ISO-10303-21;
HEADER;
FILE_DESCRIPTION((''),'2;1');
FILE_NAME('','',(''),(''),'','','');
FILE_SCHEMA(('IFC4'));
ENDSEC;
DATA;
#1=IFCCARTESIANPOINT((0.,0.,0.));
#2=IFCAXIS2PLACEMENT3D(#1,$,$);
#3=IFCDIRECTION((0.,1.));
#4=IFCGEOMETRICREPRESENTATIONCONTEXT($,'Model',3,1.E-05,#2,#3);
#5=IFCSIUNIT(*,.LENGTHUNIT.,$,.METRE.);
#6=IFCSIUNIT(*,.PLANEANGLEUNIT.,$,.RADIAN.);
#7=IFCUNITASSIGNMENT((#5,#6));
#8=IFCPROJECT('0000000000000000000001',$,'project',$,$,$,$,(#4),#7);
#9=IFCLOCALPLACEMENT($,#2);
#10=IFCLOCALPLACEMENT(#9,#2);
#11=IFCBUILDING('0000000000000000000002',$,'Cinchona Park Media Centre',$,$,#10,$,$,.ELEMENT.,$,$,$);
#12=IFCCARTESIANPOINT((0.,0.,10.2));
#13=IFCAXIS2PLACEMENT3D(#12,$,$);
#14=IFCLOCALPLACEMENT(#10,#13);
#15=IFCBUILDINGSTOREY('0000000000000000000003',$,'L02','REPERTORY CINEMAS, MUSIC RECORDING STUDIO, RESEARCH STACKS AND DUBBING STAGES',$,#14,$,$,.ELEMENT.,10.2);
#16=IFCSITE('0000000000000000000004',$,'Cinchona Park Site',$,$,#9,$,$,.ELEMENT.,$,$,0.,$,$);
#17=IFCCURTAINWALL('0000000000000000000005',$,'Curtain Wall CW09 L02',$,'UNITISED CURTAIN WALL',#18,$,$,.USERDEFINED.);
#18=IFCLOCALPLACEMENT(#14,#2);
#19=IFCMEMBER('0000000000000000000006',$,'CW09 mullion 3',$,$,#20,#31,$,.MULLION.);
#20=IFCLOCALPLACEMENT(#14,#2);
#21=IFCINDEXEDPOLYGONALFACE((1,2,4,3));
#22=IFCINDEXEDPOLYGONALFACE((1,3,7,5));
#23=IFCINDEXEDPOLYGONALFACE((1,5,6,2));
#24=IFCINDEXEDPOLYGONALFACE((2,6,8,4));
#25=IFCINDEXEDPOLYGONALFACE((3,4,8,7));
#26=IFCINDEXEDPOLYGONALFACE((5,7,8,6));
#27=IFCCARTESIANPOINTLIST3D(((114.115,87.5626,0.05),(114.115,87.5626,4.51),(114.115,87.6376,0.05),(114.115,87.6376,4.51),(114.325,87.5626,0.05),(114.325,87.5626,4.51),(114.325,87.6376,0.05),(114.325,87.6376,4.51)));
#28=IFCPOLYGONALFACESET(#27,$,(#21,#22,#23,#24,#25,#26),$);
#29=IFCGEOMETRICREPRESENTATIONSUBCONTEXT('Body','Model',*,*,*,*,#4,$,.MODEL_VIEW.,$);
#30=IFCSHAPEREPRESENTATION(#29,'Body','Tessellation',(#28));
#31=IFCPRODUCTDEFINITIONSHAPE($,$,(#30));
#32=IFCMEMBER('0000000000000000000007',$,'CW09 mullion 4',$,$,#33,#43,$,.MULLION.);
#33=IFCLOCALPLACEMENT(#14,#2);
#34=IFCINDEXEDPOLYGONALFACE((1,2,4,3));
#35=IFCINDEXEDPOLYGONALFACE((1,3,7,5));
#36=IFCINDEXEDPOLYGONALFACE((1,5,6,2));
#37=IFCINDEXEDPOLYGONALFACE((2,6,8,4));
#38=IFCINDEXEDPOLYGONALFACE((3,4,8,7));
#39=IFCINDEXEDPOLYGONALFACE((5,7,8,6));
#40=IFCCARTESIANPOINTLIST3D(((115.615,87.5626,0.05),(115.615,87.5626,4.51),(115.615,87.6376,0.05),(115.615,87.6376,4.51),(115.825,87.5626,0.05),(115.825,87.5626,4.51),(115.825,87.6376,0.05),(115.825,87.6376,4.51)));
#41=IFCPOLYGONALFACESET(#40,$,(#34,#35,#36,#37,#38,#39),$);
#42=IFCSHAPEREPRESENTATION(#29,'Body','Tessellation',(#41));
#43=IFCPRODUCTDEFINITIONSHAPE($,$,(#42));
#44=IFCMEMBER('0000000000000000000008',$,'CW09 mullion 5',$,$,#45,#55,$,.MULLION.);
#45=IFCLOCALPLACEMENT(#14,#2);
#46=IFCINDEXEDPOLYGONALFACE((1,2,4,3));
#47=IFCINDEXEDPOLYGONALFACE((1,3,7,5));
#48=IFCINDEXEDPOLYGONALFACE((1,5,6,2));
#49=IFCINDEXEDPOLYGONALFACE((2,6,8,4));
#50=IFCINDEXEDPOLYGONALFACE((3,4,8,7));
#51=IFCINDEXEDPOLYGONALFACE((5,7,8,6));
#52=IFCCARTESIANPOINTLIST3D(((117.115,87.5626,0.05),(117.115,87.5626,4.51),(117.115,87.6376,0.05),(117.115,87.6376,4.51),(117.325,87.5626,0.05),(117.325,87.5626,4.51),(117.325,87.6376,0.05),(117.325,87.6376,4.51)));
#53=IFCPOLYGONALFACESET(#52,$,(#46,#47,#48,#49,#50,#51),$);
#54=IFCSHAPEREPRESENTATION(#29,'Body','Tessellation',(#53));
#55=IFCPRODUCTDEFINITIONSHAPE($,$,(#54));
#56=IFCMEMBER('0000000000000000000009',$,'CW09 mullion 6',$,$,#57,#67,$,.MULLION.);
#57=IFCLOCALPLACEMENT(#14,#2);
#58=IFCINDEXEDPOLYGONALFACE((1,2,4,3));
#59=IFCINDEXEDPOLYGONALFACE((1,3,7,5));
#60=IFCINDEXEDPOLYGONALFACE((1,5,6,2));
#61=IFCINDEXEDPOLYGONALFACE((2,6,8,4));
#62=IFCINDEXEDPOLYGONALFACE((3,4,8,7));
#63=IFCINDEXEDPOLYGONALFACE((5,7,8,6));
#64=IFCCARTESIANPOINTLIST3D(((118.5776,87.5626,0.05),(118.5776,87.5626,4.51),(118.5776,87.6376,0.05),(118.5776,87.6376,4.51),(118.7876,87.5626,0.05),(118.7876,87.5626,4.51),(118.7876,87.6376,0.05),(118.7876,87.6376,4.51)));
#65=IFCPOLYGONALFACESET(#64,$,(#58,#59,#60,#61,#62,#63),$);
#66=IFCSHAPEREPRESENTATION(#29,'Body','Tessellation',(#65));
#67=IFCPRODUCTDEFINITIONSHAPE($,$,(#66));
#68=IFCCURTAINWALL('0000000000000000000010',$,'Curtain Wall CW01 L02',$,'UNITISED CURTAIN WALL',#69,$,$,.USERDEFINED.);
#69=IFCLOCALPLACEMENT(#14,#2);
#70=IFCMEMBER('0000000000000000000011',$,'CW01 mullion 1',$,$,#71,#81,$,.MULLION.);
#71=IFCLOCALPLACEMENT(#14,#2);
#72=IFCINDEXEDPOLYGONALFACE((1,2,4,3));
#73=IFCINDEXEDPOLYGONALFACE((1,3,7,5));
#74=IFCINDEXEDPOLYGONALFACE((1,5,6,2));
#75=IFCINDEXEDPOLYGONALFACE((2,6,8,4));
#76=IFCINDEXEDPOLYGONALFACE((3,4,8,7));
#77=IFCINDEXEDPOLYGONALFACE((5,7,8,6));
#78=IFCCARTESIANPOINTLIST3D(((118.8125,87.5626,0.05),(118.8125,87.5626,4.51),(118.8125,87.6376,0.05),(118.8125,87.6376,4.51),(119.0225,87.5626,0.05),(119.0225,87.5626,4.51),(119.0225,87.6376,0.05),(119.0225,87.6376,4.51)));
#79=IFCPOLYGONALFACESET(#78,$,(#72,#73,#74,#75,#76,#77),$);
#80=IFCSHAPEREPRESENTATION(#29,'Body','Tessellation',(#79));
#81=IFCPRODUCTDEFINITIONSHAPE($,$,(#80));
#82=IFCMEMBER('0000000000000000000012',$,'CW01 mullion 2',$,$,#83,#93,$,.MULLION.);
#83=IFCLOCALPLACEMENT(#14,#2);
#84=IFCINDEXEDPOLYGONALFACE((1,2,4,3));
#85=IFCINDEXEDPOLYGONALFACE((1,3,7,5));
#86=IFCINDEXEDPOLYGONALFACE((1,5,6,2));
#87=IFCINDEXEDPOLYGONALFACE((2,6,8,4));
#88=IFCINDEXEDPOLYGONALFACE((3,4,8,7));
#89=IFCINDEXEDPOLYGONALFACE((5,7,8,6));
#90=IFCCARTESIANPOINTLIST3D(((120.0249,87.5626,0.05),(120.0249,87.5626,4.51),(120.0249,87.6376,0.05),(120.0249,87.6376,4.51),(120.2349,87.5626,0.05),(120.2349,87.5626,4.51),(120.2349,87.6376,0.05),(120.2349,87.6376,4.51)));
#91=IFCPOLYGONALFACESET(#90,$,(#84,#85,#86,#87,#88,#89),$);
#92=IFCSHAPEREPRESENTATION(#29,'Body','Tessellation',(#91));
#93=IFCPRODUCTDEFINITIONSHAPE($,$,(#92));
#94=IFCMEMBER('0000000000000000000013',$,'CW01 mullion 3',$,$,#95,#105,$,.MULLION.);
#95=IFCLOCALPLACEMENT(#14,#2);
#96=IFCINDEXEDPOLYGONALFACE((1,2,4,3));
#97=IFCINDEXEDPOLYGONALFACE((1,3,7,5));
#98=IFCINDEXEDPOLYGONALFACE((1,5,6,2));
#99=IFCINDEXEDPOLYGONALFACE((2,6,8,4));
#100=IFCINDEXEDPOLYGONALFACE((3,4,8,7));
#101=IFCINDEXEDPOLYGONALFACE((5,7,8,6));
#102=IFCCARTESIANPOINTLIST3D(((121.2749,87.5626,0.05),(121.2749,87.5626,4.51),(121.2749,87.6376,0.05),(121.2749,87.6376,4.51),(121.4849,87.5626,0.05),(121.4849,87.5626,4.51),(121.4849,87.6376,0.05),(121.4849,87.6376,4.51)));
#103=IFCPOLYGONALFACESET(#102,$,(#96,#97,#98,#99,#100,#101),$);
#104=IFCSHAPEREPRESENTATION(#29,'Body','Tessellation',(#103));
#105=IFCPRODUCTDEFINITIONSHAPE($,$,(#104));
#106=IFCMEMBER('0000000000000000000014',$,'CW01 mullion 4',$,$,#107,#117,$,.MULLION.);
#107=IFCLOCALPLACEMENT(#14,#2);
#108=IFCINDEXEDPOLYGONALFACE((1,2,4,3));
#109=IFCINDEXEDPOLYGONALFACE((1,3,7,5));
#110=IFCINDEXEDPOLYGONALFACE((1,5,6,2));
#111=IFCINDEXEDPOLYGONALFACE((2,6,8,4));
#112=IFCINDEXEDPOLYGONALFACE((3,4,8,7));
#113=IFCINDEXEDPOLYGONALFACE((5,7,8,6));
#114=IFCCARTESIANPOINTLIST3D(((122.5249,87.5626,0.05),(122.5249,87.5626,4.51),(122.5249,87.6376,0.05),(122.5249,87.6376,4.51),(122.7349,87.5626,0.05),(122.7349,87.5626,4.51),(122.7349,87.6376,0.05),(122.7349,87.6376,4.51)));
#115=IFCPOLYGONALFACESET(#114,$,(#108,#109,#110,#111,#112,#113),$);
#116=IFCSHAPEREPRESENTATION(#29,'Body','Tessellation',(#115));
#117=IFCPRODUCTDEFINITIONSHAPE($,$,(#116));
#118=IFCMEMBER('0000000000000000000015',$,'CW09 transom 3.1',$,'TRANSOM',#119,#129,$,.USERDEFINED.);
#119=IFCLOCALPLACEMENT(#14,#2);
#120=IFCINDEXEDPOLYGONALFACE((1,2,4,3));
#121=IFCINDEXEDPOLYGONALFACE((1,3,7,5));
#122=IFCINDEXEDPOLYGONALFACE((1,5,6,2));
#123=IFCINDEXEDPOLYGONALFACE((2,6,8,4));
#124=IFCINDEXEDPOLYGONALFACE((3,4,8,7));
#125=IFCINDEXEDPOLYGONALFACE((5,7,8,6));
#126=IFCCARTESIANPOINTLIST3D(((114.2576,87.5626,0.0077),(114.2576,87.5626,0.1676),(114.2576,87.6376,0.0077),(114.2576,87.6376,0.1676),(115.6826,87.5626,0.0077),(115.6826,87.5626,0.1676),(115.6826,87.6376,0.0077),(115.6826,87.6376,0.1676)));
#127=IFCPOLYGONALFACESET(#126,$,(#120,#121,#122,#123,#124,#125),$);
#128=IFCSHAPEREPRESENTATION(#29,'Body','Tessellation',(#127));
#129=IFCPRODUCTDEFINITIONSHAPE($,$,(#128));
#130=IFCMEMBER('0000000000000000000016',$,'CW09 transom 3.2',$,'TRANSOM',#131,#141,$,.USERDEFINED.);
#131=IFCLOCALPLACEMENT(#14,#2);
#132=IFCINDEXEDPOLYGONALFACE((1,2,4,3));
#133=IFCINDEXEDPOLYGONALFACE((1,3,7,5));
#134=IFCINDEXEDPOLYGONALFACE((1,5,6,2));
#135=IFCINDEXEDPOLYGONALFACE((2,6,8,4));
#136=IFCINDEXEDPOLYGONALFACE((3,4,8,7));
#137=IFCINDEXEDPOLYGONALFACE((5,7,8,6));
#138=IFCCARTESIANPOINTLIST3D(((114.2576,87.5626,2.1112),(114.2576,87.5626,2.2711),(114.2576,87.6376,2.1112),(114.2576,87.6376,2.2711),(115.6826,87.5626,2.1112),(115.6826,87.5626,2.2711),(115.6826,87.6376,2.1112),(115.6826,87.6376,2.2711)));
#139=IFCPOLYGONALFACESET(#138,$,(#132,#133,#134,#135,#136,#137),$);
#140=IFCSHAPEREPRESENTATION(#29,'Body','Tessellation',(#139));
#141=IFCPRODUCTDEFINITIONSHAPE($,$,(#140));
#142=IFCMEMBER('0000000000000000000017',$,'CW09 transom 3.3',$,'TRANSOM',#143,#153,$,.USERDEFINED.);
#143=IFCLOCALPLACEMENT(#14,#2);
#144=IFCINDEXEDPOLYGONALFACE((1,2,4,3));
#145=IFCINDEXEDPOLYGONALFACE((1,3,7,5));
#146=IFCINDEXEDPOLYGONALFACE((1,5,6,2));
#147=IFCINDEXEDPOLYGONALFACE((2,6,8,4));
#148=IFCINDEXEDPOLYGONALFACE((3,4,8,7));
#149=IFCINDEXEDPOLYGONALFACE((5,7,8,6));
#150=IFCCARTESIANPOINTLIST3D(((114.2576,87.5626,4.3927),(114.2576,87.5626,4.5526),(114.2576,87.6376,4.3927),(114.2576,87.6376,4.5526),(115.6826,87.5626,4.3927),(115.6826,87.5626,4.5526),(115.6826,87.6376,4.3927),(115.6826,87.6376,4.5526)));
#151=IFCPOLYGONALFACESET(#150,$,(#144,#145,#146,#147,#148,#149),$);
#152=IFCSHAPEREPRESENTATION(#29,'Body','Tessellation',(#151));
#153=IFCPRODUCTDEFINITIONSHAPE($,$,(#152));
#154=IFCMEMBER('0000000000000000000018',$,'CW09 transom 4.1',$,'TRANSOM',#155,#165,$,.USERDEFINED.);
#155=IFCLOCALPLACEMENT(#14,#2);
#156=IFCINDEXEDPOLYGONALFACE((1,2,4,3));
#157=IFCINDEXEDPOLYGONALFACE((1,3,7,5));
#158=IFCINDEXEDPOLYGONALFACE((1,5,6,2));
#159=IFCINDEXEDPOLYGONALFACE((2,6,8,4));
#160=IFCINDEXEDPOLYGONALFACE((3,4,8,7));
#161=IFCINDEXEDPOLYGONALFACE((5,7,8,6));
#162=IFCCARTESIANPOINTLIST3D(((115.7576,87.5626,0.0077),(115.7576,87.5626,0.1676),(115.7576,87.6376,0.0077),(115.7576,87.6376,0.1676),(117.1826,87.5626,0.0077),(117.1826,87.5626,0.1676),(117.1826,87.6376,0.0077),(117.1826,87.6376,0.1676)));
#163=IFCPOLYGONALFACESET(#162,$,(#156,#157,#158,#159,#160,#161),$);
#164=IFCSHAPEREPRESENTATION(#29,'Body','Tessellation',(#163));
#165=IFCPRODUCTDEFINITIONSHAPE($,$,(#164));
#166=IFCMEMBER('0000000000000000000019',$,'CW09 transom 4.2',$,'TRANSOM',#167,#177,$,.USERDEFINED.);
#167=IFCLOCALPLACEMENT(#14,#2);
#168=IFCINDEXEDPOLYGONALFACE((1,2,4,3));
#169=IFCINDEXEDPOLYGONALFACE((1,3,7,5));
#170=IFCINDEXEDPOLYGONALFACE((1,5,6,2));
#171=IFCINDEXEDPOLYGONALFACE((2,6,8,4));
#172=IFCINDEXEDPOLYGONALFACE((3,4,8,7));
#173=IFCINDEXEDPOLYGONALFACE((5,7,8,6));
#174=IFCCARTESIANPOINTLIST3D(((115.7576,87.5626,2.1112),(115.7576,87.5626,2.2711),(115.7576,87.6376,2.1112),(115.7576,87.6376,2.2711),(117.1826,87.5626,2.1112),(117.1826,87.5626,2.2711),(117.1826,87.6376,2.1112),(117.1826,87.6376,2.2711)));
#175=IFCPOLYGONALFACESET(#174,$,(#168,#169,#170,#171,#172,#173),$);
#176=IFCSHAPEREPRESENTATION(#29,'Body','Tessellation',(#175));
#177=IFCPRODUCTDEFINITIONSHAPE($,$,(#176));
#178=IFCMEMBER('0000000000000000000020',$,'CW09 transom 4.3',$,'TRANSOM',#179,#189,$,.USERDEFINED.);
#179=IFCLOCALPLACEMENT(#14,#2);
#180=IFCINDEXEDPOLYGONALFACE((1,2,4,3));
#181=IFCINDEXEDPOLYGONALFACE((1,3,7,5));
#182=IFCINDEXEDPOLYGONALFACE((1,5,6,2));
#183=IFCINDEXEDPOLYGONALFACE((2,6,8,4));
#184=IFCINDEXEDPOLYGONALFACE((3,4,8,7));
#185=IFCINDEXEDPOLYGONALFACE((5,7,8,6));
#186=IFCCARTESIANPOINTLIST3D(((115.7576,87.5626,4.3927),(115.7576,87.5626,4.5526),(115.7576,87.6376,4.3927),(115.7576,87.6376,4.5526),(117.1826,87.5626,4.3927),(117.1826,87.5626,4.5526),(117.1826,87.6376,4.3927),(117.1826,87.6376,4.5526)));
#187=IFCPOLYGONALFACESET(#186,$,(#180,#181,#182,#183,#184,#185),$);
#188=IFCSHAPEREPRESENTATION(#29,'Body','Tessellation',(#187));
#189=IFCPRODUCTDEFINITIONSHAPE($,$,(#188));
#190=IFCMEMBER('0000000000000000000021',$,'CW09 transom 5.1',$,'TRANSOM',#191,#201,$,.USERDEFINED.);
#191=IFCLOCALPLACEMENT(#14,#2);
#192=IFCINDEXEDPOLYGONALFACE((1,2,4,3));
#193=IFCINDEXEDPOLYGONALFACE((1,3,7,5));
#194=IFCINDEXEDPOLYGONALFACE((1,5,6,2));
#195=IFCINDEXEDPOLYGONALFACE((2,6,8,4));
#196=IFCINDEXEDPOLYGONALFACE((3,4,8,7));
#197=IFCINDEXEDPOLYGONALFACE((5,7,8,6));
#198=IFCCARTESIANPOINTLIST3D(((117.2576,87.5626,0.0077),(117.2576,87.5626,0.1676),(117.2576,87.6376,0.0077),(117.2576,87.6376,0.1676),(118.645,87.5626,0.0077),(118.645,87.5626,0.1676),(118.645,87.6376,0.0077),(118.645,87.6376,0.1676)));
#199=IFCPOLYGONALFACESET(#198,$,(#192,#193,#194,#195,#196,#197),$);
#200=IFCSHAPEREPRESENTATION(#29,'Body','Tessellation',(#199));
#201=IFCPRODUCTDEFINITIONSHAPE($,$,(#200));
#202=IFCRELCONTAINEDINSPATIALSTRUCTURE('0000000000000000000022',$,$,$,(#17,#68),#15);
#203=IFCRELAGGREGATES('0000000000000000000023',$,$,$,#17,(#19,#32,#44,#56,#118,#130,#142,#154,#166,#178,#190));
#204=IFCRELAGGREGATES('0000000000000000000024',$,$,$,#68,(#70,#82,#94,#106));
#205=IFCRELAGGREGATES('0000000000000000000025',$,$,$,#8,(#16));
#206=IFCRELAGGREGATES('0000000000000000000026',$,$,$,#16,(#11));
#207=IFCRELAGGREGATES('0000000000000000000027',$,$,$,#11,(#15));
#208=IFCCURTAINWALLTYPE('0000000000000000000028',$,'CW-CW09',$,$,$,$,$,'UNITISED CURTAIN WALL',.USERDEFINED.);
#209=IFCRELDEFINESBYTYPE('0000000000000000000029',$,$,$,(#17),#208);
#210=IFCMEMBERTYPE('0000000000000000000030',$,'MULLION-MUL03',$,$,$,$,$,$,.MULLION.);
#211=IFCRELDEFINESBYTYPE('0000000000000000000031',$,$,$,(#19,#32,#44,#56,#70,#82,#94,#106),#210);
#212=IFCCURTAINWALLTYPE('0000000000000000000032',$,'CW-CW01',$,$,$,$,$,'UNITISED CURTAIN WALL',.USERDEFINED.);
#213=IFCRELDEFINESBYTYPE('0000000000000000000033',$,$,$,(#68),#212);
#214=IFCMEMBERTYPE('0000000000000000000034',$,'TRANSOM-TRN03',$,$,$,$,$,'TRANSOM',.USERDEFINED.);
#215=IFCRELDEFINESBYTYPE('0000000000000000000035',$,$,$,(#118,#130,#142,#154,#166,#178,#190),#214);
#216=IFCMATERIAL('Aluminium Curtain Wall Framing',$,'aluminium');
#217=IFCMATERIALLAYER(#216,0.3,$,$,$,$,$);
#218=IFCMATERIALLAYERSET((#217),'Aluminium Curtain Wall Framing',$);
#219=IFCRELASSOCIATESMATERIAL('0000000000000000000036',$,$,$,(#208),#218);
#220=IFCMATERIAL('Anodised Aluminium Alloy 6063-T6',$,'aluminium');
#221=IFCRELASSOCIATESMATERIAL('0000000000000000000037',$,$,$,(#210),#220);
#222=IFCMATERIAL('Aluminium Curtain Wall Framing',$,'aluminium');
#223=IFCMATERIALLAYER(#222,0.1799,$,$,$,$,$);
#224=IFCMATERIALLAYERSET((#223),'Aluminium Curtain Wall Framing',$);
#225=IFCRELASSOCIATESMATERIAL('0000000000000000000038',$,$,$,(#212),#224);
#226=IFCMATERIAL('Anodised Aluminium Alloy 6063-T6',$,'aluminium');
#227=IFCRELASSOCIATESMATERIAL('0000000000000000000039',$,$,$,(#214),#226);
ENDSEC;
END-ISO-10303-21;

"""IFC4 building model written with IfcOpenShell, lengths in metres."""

from ifc_helpers import new_model, si_unit, direction, frame, origin, origin_2d, place, context, subcontext, project, spatial, rectangle, extrude, material, layer, layer_set, material_profile, profile_set, type_object, element, aggregate, save


model = new_model("IFC4")

# Units and contexts
model_context = context("Model", 3, precision=1e-05, world=origin(), true_north=direction((0.0, 1.0)))
body_context = subcontext(model_context, "Body", "Model", "MODEL_VIEW")
ifc_project = project(units=[si_unit("LENGTHUNIT", "METRE"), si_unit("PLANEANGLEUNIT", "RADIAN")], contexts=[model_context])

# Site, building, storey
site_placement = place(None, origin())
site = spatial("IfcSite", under=ifc_project, at=site_placement, Name="Cinchona Park Site", CompositionType="ELEMENT", RefElevation=0.0)
building_placement = place(site_placement, origin())
building = spatial("IfcBuilding", under=site, at=building_placement, Name="Cinchona Park Media Centre", CompositionType="ELEMENT")
storey_placement = place(building_placement, frame((0.0, 0.0, 10.2)))
storey = spatial("IfcBuildingStorey", under=building, at=storey_placement, Name="L02", Description="REPERTORY CINEMAS, MUSIC RECORDING STUDIO, RESEARCH STACKS AND DUBBING STAGES", CompositionType="ELEMENT", Elevation=10.2)

# Curtain walls, members
ifc_material_1 = material(Name="Aluminium Curtain Wall Framing", Category="aluminium")
ifc_layer_1 = layer(ifc_material_1, 0.3)
ifc_layer_set_1 = layer_set([ifc_layer_1], Name="Aluminium Curtain Wall Framing")
curtain_wall_type_1 = type_object("IfcCurtainWallType", Name="CW-CW09", ElementType="UNITISED CURTAIN WALL", PredefinedType="USERDEFINED", material=ifc_layer_set_1)
curtain_wall_1_placement = place(storey_placement, origin())
curtain_wall_1 = element("IfcCurtainWall", 1, at=curtain_wall_1_placement, inside=storey, type_object=curtain_wall_type_1, Name="Curtain Wall CW09 L02", ObjectType="UNITISED CURTAIN WALL", PredefinedType="USERDEFINED")
ifc_material_2 = material(Name="Anodised Aluminium Alloy 6063-T6", Category="aluminium")
ifc_material_profile_1 = material_profile(ifc_material_2, rectangle(XDim=0.075, YDim=0.21, at=origin_2d()), Name="MUL-75X210")
ifc_profile_set_1 = profile_set([ifc_material_profile_1], Name="Anodised Aluminium Alloy 6063-T6")
member_type_1 = type_object("IfcMemberType", Name="MULLION-MUL03", PredefinedType="MULLION", material=ifc_profile_set_1)
member_1_placement = place(storey_placement, frame((114.22, 87.6001, 0.05), z_axis=(0.0, 0.0, 1.0), x_axis=(0.0, 1.0, 0.0)))
member_1 = element("IfcMember", 2, at=member_1_placement, type_object=member_type_1, Name="CW09 mullion 3", PredefinedType="MULLION", context=body_context, shape_type="SweptSolid", body=[
    extrude(rectangle(XDim=0.075, YDim=0.21, at=origin_2d()), origin(), (0.0, 0.0, 1.0), 4.46),
])
member_2_placement = place(storey_placement, frame((115.72, 87.6001, 0.05), z_axis=(0.0, 0.0, 1.0), x_axis=(0.0, 1.0, 0.0)))
member_2 = element("IfcMember", 3, at=member_2_placement, type_object=member_type_1, Name="CW09 mullion 4", PredefinedType="MULLION", context=body_context, shape_type="SweptSolid", body=[
    extrude(rectangle(XDim=0.075, YDim=0.21, at=origin_2d()), origin(), (0.0, 0.0, 1.0), 4.46),
])
member_3_placement = place(storey_placement, frame((117.22, 87.6001, 0.05), z_axis=(0.0, 0.0, 1.0), x_axis=(0.0, 1.0, 0.0)))
member_3 = element("IfcMember", 4, at=member_3_placement, type_object=member_type_1, Name="CW09 mullion 5", PredefinedType="MULLION", context=body_context, shape_type="SweptSolid", body=[
    extrude(rectangle(XDim=0.075, YDim=0.21, at=origin_2d()), origin(), (0.0, 0.0, 1.0), 4.46),
])
member_4_placement = place(storey_placement, frame((118.6826, 87.6001, 0.05), z_axis=(0.0, 0.0, 1.0), x_axis=(0.0, 1.0, 0.0)))
member_4 = element("IfcMember", 5, at=member_4_placement, type_object=member_type_1, Name="CW09 mullion 6", PredefinedType="MULLION", context=body_context, shape_type="SweptSolid", body=[
    extrude(rectangle(XDim=0.075, YDim=0.21, at=origin_2d()), origin(), (0.0, 0.0, 1.0), 4.46),
])
ifc_material_3 = material(Name="Aluminium Curtain Wall Framing", Category="aluminium")
ifc_layer_2 = layer(ifc_material_3, 0.1799)
ifc_layer_set_2 = layer_set([ifc_layer_2], Name="Aluminium Curtain Wall Framing")
curtain_wall_type_2 = type_object("IfcCurtainWallType", Name="CW-CW01", ElementType="UNITISED CURTAIN WALL", PredefinedType="USERDEFINED", material=ifc_layer_set_2)
curtain_wall_2_placement = place(storey_placement, origin())
curtain_wall_2 = element("IfcCurtainWall", 6, at=curtain_wall_2_placement, inside=storey, type_object=curtain_wall_type_2, Name="Curtain Wall CW01 L02", ObjectType="UNITISED CURTAIN WALL", PredefinedType="USERDEFINED")
member_5_placement = place(storey_placement, frame((118.9175, 87.6001, 0.05), z_axis=(0.0, 0.0, 1.0), x_axis=(0.0, 1.0, 0.0)))
member_5 = element("IfcMember", 7, at=member_5_placement, type_object=member_type_1, Name="CW01 mullion 1", PredefinedType="MULLION", context=body_context, shape_type="SweptSolid", body=[
    extrude(rectangle(XDim=0.075, YDim=0.21, at=origin_2d()), origin(), (0.0, 0.0, 1.0), 4.46),
])
member_6_placement = place(storey_placement, frame((120.1299, 87.6001, 0.05), z_axis=(0.0, 0.0, 1.0), x_axis=(0.0, 1.0, 0.0)))
member_6 = element("IfcMember", 8, at=member_6_placement, type_object=member_type_1, Name="CW01 mullion 2", PredefinedType="MULLION", context=body_context, shape_type="SweptSolid", body=[
    extrude(rectangle(XDim=0.075, YDim=0.21, at=origin_2d()), origin(), (0.0, 0.0, 1.0), 4.46),
])
member_7_placement = place(storey_placement, frame((121.3799, 87.6001, 0.05), z_axis=(0.0, 0.0, 1.0), x_axis=(0.0, 1.0, 0.0)))
member_7 = element("IfcMember", 9, at=member_7_placement, type_object=member_type_1, Name="CW01 mullion 3", PredefinedType="MULLION", context=body_context, shape_type="SweptSolid", body=[
    extrude(rectangle(XDim=0.075, YDim=0.21, at=origin_2d()), origin(), (0.0, 0.0, 1.0), 4.46),
])
member_8_placement = place(storey_placement, frame((122.6299, 87.6001, 0.05), z_axis=(0.0, 0.0, 1.0), x_axis=(0.0, 1.0, 0.0)))
member_8 = element("IfcMember", 10, at=member_8_placement, type_object=member_type_1, Name="CW01 mullion 4", PredefinedType="MULLION", context=body_context, shape_type="SweptSolid", body=[
    extrude(rectangle(XDim=0.075, YDim=0.21, at=origin_2d()), origin(), (0.0, 0.0, 1.0), 4.46),
])

# Members
ifc_material_4 = material(Name="Anodised Aluminium Alloy 6063-T6", Category="aluminium")
ifc_material_profile_2 = material_profile(ifc_material_4, rectangle(XDim=0.075, YDim=0.1599, at=origin_2d()), Name="TRN-75X160")
ifc_profile_set_2 = profile_set([ifc_material_profile_2], Name="Anodised Aluminium Alloy 6063-T6")
member_type_2 = type_object("IfcMemberType", Name="TRANSOM-TRN03", ElementType="TRANSOM", PredefinedType="USERDEFINED", material=ifc_profile_set_2)
member_9_placement = place(storey_placement, frame((114.2576, 87.6001, 0.0876), z_axis=(1.0, 0.0, 0.0), x_axis=(0.0, 1.0, 0.0)))
member_9 = element("IfcMember", 11, at=member_9_placement, type_object=member_type_2, Name="CW09 transom 3.1", ObjectType="TRANSOM", PredefinedType="USERDEFINED", context=body_context, shape_type="SweptSolid", body=[
    extrude(rectangle(XDim=0.075, YDim=0.1599, at=origin_2d()), origin(), (0.0, 0.0, 1.0), 1.425),
])
member_10_placement = place(storey_placement, frame((114.2576, 87.6001, 2.1912), z_axis=(1.0, 0.0, 0.0), x_axis=(0.0, 1.0, 0.0)))
member_10 = element("IfcMember", 12, at=member_10_placement, type_object=member_type_2, Name="CW09 transom 3.2", ObjectType="TRANSOM", PredefinedType="USERDEFINED", context=body_context, shape_type="SweptSolid", body=[
    extrude(rectangle(XDim=0.075, YDim=0.1599, at=origin_2d()), origin(), (0.0, 0.0, 1.0), 1.425),
])
member_11_placement = place(storey_placement, frame((114.2576, 87.6001, 4.4727), z_axis=(1.0, 0.0, 0.0), x_axis=(0.0, 1.0, 0.0)))
member_11 = element("IfcMember", 13, at=member_11_placement, type_object=member_type_2, Name="CW09 transom 3.3", ObjectType="TRANSOM", PredefinedType="USERDEFINED", context=body_context, shape_type="SweptSolid", body=[
    extrude(rectangle(XDim=0.075, YDim=0.1599, at=origin_2d()), origin(), (0.0, 0.0, 1.0), 1.425),
])
member_12_placement = place(storey_placement, frame((115.7576, 87.6001, 0.0876), z_axis=(1.0, 0.0, 0.0), x_axis=(0.0, 1.0, 0.0)))
member_12 = element("IfcMember", 14, at=member_12_placement, type_object=member_type_2, Name="CW09 transom 4.1", ObjectType="TRANSOM", PredefinedType="USERDEFINED", context=body_context, shape_type="SweptSolid", body=[
    extrude(rectangle(XDim=0.075, YDim=0.1599, at=origin_2d()), origin(), (0.0, 0.0, 1.0), 1.425),
])
member_13_placement = place(storey_placement, frame((115.7576, 87.6001, 2.1912), z_axis=(1.0, 0.0, 0.0), x_axis=(0.0, 1.0, 0.0)))
member_13 = element("IfcMember", 15, at=member_13_placement, type_object=member_type_2, Name="CW09 transom 4.2", ObjectType="TRANSOM", PredefinedType="USERDEFINED", context=body_context, shape_type="SweptSolid", body=[
    extrude(rectangle(XDim=0.075, YDim=0.1599, at=origin_2d()), origin(), (0.0, 0.0, 1.0), 1.425),
])
member_14_placement = place(storey_placement, frame((115.7576, 87.6001, 4.4727), z_axis=(1.0, 0.0, 0.0), x_axis=(0.0, 1.0, 0.0)))
member_14 = element("IfcMember", 16, at=member_14_placement, type_object=member_type_2, Name="CW09 transom 4.3", ObjectType="TRANSOM", PredefinedType="USERDEFINED", context=body_context, shape_type="SweptSolid", body=[
    extrude(rectangle(XDim=0.075, YDim=0.1599, at=origin_2d()), origin(), (0.0, 0.0, 1.0), 1.425),
])
member_15_placement = place(storey_placement, frame((117.2576, 87.6001, 0.0876), z_axis=(1.0, 0.0, 0.0), x_axis=(0.0, 1.0, 0.0)))
member_15 = element("IfcMember", 17, at=member_15_placement, type_object=member_type_2, Name="CW09 transom 5.1", ObjectType="TRANSOM", PredefinedType="USERDEFINED", context=body_context, shape_type="SweptSolid", body=[
    extrude(rectangle(XDim=0.075, YDim=0.1599, at=origin_2d()), origin(), (0.0, 0.0, 1.0), 1.3875),
])

aggregate(curtain_wall_1, [member_1, member_2, member_3, member_4, member_9, member_10, member_11, member_12, member_13, member_14, member_15])
aggregate(curtain_wall_2, [member_5, member_6, member_7, member_8])

save(model, "model.ifc")
